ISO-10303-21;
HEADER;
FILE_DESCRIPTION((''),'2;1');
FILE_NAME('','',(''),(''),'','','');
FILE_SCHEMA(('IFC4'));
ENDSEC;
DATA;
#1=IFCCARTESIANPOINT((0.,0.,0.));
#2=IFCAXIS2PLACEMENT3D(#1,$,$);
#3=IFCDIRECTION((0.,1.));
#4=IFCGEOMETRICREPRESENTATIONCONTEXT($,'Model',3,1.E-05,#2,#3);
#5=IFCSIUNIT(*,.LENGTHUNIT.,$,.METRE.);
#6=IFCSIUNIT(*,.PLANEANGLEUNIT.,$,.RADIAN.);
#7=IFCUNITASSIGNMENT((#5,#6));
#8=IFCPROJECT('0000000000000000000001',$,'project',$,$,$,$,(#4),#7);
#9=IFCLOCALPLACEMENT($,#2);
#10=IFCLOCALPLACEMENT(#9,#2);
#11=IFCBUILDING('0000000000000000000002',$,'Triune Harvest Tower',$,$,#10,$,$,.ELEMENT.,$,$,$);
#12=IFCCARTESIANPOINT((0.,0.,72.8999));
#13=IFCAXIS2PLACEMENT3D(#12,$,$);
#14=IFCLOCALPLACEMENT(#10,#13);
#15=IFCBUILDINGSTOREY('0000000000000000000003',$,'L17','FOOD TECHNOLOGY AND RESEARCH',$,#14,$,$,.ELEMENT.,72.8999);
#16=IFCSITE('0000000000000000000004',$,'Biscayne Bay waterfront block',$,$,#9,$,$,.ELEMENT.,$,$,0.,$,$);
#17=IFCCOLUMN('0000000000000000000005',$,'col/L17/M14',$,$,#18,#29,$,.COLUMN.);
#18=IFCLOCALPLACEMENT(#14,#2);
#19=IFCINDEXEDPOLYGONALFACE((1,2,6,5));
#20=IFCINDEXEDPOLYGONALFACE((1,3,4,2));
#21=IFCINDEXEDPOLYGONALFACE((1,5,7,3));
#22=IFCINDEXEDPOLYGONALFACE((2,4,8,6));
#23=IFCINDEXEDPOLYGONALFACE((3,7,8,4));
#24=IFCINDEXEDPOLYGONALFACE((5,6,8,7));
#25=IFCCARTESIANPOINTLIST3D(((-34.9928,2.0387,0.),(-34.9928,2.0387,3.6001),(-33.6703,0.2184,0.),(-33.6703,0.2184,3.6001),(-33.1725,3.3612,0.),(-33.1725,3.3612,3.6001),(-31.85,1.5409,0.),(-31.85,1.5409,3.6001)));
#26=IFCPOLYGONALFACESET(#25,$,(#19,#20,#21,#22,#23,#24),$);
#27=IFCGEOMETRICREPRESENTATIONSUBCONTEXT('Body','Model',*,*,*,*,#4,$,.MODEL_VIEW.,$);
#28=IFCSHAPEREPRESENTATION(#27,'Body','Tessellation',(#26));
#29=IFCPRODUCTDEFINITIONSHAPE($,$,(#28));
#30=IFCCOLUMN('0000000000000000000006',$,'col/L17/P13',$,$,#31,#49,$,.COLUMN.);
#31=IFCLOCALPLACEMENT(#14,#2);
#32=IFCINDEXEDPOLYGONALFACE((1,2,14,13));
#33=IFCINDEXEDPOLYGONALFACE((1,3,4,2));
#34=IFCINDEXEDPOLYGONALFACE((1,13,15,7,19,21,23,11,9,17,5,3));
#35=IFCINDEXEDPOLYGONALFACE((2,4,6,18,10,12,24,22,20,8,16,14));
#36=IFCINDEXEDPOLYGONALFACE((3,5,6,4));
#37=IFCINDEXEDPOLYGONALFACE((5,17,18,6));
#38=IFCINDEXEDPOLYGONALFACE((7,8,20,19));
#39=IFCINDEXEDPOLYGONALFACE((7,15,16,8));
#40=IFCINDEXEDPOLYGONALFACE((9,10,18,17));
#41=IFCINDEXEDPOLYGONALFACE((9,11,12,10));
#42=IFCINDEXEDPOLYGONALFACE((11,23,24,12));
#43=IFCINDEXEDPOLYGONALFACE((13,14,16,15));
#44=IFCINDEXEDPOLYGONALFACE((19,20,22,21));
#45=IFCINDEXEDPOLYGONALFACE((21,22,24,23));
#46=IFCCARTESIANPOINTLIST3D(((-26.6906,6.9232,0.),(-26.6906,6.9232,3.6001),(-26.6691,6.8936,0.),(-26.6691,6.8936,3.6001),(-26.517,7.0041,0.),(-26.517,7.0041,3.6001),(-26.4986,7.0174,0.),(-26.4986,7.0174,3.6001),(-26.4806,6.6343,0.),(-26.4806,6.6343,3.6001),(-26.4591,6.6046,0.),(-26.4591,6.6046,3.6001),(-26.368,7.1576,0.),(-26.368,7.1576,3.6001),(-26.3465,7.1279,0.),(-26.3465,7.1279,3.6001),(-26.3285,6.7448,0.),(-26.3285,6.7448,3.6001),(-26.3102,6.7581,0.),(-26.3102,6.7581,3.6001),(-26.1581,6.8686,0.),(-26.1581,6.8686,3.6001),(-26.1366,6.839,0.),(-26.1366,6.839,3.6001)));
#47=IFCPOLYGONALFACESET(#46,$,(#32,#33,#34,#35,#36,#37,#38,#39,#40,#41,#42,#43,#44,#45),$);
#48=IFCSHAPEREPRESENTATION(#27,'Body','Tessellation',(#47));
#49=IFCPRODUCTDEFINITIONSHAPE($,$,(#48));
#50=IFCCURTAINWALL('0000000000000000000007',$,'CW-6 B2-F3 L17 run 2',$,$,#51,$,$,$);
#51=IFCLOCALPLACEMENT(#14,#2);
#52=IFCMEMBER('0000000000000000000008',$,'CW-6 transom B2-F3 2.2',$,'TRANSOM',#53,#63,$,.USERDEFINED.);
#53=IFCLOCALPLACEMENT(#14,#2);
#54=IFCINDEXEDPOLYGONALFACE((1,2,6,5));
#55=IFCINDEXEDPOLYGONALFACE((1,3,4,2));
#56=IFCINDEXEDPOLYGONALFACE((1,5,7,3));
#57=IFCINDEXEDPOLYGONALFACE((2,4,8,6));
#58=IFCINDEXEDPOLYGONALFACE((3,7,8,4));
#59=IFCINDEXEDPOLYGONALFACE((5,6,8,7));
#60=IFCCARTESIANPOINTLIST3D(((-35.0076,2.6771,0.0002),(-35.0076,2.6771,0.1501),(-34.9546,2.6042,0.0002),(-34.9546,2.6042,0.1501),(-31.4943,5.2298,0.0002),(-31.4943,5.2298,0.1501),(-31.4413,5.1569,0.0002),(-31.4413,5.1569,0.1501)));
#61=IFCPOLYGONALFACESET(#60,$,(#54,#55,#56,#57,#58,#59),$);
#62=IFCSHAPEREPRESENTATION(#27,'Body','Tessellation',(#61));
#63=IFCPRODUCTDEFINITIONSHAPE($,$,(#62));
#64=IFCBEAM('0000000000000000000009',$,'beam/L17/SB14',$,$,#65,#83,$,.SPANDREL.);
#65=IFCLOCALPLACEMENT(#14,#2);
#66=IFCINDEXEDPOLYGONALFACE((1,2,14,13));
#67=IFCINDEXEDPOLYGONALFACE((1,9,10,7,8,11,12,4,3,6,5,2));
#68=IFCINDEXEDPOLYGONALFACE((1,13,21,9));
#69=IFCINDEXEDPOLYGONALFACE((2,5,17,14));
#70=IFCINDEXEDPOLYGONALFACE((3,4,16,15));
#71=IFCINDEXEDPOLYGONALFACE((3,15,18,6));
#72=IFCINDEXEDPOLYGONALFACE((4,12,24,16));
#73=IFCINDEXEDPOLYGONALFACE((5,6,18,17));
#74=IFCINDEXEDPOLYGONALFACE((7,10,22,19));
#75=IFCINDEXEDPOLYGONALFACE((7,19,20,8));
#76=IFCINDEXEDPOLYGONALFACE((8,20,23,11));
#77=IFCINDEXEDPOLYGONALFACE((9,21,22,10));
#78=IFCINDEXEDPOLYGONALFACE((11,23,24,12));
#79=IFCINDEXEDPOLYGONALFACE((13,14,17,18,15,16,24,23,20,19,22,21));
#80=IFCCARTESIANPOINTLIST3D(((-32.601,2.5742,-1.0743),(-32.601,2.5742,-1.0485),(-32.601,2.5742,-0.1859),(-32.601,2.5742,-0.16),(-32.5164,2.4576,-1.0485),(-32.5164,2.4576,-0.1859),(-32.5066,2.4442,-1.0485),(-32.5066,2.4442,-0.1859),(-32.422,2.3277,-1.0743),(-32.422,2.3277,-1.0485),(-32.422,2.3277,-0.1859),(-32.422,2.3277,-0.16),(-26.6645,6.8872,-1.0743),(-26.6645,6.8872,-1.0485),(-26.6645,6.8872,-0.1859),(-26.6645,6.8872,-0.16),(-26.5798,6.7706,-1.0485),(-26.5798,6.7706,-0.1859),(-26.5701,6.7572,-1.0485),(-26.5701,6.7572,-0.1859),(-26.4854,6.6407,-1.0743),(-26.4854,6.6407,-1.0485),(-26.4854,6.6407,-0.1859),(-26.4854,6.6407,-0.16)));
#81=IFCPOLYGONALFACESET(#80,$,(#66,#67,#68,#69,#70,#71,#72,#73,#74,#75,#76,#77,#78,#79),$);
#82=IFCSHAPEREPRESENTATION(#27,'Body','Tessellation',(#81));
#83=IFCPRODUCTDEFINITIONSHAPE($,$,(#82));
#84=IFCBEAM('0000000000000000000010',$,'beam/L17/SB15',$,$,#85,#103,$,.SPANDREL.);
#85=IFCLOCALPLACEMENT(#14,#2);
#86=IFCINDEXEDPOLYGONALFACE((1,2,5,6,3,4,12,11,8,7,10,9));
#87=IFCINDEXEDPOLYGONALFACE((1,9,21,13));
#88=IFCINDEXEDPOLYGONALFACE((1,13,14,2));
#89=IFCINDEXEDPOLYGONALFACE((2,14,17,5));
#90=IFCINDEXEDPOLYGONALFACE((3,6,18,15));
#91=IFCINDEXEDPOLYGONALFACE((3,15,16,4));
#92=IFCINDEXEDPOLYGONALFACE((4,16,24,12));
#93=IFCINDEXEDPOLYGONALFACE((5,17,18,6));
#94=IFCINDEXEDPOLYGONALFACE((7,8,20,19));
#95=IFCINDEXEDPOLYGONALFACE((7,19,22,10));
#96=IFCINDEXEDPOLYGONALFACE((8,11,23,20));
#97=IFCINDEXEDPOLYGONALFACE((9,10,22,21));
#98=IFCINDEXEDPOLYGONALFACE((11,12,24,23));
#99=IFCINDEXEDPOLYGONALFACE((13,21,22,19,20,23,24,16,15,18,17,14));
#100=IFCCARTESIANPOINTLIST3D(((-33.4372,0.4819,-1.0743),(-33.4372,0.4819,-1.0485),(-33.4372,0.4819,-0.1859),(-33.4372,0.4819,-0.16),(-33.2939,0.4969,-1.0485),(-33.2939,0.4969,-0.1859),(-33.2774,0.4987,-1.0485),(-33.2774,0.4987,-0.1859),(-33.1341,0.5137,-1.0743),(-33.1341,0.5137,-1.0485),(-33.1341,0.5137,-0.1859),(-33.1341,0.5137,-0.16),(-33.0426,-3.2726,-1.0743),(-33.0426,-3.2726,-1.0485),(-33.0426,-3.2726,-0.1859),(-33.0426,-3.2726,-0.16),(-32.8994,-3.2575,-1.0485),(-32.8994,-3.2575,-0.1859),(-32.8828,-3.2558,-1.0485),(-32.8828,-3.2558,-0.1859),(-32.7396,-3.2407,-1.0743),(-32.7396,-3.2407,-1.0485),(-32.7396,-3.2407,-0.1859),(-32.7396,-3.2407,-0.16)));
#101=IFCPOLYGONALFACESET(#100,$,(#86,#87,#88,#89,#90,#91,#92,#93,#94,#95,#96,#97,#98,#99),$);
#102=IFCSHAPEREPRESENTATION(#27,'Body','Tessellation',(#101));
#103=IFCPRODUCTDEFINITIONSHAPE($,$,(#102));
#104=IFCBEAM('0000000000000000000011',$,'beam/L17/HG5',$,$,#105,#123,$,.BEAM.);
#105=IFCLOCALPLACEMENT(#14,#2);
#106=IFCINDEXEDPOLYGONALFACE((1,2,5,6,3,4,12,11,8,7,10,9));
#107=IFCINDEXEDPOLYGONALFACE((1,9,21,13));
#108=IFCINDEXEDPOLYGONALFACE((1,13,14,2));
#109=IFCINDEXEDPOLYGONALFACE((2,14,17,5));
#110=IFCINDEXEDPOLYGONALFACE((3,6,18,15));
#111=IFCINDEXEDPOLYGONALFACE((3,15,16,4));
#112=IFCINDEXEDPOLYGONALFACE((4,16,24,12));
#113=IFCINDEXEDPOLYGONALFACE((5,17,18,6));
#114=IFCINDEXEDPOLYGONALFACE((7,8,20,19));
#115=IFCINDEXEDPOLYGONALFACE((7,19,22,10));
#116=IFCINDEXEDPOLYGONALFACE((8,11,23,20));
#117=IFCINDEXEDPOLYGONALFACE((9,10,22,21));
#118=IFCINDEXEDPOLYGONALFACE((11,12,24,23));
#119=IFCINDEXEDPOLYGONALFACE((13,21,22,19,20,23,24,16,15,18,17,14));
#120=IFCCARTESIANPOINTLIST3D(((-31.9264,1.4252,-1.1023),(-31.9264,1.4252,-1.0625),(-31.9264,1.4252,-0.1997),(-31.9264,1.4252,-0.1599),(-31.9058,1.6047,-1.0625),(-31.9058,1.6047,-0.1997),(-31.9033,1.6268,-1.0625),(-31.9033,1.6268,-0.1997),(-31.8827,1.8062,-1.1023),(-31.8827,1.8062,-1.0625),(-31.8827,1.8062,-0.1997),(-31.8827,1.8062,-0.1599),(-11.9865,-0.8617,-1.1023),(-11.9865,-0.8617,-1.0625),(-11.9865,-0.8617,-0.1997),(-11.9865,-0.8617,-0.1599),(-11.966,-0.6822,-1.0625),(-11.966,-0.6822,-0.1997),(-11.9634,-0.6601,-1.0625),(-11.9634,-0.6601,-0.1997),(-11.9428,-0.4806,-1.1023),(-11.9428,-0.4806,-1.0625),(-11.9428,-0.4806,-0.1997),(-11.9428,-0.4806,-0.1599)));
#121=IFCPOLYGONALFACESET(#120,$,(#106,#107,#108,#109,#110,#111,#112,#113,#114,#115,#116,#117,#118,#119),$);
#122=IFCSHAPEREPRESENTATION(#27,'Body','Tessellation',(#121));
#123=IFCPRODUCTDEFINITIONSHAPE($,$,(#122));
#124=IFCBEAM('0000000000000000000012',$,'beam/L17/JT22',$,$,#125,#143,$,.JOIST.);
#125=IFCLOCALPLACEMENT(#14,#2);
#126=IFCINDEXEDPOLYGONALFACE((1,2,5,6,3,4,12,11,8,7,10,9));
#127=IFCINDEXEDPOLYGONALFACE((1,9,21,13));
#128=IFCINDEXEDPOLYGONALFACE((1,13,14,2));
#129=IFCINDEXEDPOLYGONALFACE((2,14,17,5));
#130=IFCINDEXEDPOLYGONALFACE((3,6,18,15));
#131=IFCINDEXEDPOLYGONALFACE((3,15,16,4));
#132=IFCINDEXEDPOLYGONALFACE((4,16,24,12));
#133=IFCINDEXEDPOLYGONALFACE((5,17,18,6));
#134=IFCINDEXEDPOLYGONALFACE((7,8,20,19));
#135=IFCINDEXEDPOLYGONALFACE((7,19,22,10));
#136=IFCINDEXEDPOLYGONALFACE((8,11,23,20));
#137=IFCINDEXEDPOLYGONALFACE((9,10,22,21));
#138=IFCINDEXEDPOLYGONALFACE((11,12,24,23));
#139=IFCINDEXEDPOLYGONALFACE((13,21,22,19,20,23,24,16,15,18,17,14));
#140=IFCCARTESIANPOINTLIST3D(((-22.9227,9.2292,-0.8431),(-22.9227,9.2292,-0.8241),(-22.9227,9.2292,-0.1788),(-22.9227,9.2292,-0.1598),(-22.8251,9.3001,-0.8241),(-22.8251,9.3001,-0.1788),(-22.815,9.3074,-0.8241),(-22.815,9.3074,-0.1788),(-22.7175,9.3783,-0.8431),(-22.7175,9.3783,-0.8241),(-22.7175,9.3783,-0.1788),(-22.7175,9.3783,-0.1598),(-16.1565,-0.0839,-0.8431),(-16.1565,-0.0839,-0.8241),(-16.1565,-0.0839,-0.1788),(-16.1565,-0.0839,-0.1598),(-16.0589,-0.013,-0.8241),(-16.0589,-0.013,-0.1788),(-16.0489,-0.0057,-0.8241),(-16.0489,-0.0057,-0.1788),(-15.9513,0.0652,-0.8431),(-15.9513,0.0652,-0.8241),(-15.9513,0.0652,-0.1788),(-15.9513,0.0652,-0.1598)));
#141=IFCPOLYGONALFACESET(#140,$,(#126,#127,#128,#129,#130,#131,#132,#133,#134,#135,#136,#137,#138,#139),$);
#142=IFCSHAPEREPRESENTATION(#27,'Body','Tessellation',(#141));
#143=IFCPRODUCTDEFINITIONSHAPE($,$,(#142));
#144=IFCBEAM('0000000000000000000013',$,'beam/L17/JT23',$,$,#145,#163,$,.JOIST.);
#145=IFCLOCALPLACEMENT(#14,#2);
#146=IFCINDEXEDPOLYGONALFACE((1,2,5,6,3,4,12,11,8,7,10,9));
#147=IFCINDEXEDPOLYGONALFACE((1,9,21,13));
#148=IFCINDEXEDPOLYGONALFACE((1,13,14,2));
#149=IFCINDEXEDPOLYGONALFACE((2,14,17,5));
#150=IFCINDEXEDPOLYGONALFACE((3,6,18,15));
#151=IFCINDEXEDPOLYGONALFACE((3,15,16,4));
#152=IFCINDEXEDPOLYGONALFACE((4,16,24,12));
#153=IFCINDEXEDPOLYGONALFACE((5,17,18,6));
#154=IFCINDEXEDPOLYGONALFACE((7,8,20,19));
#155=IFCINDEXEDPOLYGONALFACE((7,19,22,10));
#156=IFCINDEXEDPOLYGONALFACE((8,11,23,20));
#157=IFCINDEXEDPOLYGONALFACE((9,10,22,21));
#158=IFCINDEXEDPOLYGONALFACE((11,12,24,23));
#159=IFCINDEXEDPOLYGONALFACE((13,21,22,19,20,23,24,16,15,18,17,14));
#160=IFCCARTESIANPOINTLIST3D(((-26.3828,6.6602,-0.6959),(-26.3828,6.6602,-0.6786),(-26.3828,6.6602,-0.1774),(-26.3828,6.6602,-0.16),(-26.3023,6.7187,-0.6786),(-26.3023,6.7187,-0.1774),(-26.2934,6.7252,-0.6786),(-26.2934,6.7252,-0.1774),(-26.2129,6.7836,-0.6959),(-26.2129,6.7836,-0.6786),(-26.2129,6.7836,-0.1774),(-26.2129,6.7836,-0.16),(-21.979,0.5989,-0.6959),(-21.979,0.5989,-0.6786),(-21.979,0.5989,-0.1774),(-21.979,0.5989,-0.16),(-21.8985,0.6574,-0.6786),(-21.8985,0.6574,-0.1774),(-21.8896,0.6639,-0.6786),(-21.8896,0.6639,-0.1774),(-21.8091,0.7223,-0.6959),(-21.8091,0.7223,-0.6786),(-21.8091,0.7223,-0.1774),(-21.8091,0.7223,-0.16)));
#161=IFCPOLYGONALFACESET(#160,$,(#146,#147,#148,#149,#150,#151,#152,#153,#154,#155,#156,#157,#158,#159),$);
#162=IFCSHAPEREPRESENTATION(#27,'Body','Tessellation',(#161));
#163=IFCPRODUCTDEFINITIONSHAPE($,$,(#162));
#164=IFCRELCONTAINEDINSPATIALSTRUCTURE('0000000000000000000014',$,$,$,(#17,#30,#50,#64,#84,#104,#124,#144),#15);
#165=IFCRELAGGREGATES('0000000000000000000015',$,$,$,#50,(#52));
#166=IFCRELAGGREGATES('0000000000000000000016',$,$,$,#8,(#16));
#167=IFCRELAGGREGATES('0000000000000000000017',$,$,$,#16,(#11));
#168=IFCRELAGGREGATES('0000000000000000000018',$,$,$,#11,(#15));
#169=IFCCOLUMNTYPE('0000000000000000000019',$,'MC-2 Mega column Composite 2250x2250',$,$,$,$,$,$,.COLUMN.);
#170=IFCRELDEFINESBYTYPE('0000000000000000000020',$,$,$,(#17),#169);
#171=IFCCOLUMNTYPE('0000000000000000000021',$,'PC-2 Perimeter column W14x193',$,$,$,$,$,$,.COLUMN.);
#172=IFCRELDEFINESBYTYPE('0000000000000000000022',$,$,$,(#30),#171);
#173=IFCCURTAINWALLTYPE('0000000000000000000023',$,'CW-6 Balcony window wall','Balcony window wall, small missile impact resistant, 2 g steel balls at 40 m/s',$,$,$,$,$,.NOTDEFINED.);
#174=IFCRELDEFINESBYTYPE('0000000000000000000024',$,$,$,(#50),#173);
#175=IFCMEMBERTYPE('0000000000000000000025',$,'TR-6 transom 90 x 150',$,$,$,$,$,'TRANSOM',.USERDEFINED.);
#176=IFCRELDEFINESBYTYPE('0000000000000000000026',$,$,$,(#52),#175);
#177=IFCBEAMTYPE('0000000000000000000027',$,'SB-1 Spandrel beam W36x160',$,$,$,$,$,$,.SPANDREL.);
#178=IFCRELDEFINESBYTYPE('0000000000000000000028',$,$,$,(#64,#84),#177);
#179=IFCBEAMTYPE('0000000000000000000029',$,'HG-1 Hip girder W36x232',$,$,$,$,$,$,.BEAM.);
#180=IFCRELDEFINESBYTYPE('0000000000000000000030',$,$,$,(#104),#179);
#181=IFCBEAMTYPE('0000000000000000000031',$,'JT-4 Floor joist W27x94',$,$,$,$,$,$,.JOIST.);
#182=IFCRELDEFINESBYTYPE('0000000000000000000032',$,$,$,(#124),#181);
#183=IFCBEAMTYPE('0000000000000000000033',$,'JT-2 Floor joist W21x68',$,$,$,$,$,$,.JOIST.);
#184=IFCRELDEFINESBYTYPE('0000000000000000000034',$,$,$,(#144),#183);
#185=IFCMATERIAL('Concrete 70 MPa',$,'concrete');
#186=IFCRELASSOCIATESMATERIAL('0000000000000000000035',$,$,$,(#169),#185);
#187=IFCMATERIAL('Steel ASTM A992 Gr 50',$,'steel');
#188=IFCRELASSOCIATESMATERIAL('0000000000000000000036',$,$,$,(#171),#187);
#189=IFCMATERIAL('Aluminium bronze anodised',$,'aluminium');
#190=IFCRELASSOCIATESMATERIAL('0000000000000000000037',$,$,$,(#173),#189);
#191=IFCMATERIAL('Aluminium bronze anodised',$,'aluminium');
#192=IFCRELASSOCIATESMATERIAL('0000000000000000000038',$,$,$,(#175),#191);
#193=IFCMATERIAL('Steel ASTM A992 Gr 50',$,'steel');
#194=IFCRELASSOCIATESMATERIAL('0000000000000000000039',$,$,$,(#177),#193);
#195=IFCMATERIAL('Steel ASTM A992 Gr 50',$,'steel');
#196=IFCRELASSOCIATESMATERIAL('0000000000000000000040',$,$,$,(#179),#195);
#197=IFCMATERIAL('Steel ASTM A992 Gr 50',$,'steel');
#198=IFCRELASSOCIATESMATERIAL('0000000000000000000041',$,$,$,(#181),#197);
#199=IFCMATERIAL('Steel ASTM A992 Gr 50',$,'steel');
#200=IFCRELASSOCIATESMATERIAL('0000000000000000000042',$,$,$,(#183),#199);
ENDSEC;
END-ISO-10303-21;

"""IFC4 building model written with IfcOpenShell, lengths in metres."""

from ifc_helpers import new_model, si_unit, direction, frame, origin, origin_2d, place, context, subcontext, project, spatial, rectangle, i_section, extrude, source, transform, mapped, material, material_profile, profile_set, type_object, element, aggregate, save


model = new_model("IFC4")

# Units and contexts
model_context = context("Model", 3, precision=1e-05, world=origin(), true_north=direction((0.0, 1.0)))
body_context = subcontext(model_context, "Body", "Model", "MODEL_VIEW")
ifc_project = project(units=[si_unit("LENGTHUNIT", "METRE"), si_unit("PLANEANGLEUNIT", "RADIAN")], contexts=[model_context])

# Site, building, storey
site_placement = place(None, origin())
site = spatial("IfcSite", under=ifc_project, at=site_placement, Name="Biscayne Bay waterfront block", CompositionType="ELEMENT", RefElevation=0.0)
building_placement = place(site_placement, origin())
building = spatial("IfcBuilding", under=site, at=building_placement, Name="Triune Harvest Tower", CompositionType="ELEMENT")
storey_placement = place(building_placement, frame((0.0, 0.0, 72.8999)))
storey = spatial("IfcBuildingStorey", under=building, at=storey_placement, Name="L17", Description="FOOD TECHNOLOGY AND RESEARCH", CompositionType="ELEMENT", Elevation=72.8999)

# Columns
ifc_material_1 = material(Name="Concrete 70 MPa", Category="concrete")
ifc_material_profile_1 = material_profile(ifc_material_1, rectangle(XDim=2.25, YDim=2.25, at=origin_2d()), Name="Composite 2250x2250")
ifc_profile_set_1 = profile_set([ifc_material_profile_1], Name="Concrete 70 MPa")
column_type_1 = type_object("IfcColumnType", Name="MC-2 Mega column Composite 2250x2250", PredefinedType="COLUMN", material=ifc_profile_set_1)
shared_shape_1 = source(origin(), body_context, "Body", "SweptSolid", [
    extrude(rectangle(XDim=2.25, YDim=2.25, at=origin_2d()), origin(), (0.0, 0.0, 1.0), 3.6001),
])
column_1_placement = place(storey_placement, frame((-33.4214, 1.7898, 0.0), z_axis=(0.0, 0.0, 1.0), x_axis=(-0.809017, -0.587785, 0.0)))
element("IfcColumn", 1, at=column_1_placement, inside=storey, type_object=column_type_1, Name="col/L17/M14", PredefinedType="COLUMN", context=body_context, shape_type="MappedRepresentation", body=[
    mapped(shared_shape_1, transform((0.0, 0.0, 0.0), scale=1.0)),
])
ifc_material_2 = material(Name="Steel ASTM A992 Gr 50", Category="steel")
ifc_material_profile_2 = material_profile(ifc_material_2, i_section(OverallWidth=0.3987, OverallDepth=0.3938, WebThickness=0.0227, FlangeThickness=0.0366, at=origin_2d()), Name="W14x193")
ifc_profile_set_2 = profile_set([ifc_material_profile_2], Name="Steel ASTM A992 Gr 50")
column_type_2 = type_object("IfcColumnType", Name="PC-2 Perimeter column W14x193", PredefinedType="COLUMN", material=ifc_profile_set_2)
shared_shape_2 = source(origin(), body_context, "Body", "SweptSolid", [
    extrude(i_section(OverallWidth=0.3987, OverallDepth=0.3938, WebThickness=0.0227, FlangeThickness=0.0366, at=origin_2d()), origin(), (0.0, 0.0, 1.0), 3.6001),
])
column_2_placement = place(storey_placement, frame((-26.4136, 6.8811, 0.0), z_axis=(0.0, 0.0, 1.0), x_axis=(-0.809017, -0.587785, 0.0)))
element("IfcColumn", 2, at=column_2_placement, inside=storey, type_object=column_type_2, Name="col/L17/P13", PredefinedType="COLUMN", context=body_context, shape_type="MappedRepresentation", body=[
    mapped(shared_shape_2, transform((0.0, 0.0, 0.0), scale=1.0)),
])

# Curtain wall, member
ifc_material_3 = material(Name="Aluminium bronze anodised", Category="aluminium")
curtain_wall_type_1 = type_object("IfcCurtainWallType", Name="CW-6 Balcony window wall", Description="Balcony window wall, small missile impact resistant, 2 g steel balls at 40 m/s", PredefinedType="NOTDEFINED", material=ifc_material_3)
curtain_wall_1_placement = place(storey_placement, origin())
curtain_wall_1 = element("IfcCurtainWall", 3, at=curtain_wall_1_placement, inside=storey, type_object=curtain_wall_type_1, Name="CW-6 B2-F3 L17 run 2")
ifc_material_4 = material(Name="Aluminium bronze anodised", Category="aluminium")
ifc_material_profile_3 = material_profile(ifc_material_4, rectangle(XDim=0.0901, YDim=0.1499, at=origin_2d()), Name="TR-6 transom 90 x 150")
ifc_profile_set_3 = profile_set([ifc_material_profile_3], Name="Aluminium bronze anodised")
member_type_1 = type_object("IfcMemberType", Name="TR-6 transom 90 x 150", ElementType="TRANSOM", PredefinedType="USERDEFINED", material=ifc_profile_set_3)
member_1_placement = place(storey_placement, frame((-31.4678, 5.1934, 0.0752), z_axis=(-0.809008, -0.587797, 0.0), x_axis=(0.587797, -0.809008, 0.0)))
member_1 = element("IfcMember", 4, at=member_1_placement, type_object=member_type_1, Name="CW-6 transom B2-F3 2.2", ObjectType="TRANSOM", PredefinedType="USERDEFINED", context=body_context, shape_type="SweptSolid", body=[
    extrude(rectangle(XDim=0.0901, YDim=0.1499, at=origin_2d()), origin(), (0.0, 0.0, 1.0), 4.3428),
])

# Beams
ifc_material_5 = material(Name="Steel ASTM A992 Gr 50", Category="steel")
ifc_material_profile_4 = material_profile(ifc_material_5, i_section(OverallWidth=0.3047, OverallDepth=0.9143, WebThickness=0.0166, FlangeThickness=0.0259, at=origin_2d()), Name="W36x160")
ifc_profile_set_4 = profile_set([ifc_material_profile_4], Name="Steel ASTM A992 Gr 50")
beam_type_1 = type_object("IfcBeamType", Name="SB-1 Spandrel beam W36x160", PredefinedType="SPANDREL", material=ifc_profile_set_4)
shared_shape_3 = source(origin(), body_context, "Body", "SweptSolid", [
    extrude(i_section(OverallWidth=0.3047, OverallDepth=0.9143, WebThickness=0.0166, FlangeThickness=0.0259, at=origin_2d()), origin(), (0.0, 0.0, 1.0), 7.3379),
])
beam_1_placement = place(storey_placement, frame((-26.575, 6.7639, -0.6172), z_axis=(-0.809027, -0.587772, 0.0), x_axis=(0.587772, -0.809027, 0.0)))
element("IfcBeam", 5, at=beam_1_placement, inside=storey, type_object=beam_type_1, Name="beam/L17/SB14", PredefinedType="SPANDREL", context=body_context, shape_type="MappedRepresentation", body=[
    mapped(shared_shape_3, transform((0.0, 0.0, 0.0), scale=1.0)),
])
shared_shape_4 = source(origin(), body_context, "Body", "SweptSolid", [
    extrude(i_section(OverallWidth=0.3047, OverallDepth=0.9143, WebThickness=0.0166, FlangeThickness=0.0259, at=origin_2d()), origin(), (0.0, 0.0, 1.0), 3.7751),
])
beam_2_placement = place(storey_placement, frame((-33.2856, 0.4978, -0.6172), z_axis=(0.10451, -0.994524, 0.0), x_axis=(0.994524, 0.10451, 0.0)))
element("IfcBeam", 6, at=beam_2_placement, inside=storey, type_object=beam_type_1, Name="beam/L17/SB15", PredefinedType="SPANDREL", context=body_context, shape_type="MappedRepresentation", body=[
    mapped(shared_shape_4, transform((0.0, 0.0, 0.0), scale=1.0)),
])
ifc_material_6 = material(Name="Steel ASTM A992 Gr 50", Category="steel")
ifc_material_profile_5 = material_profile(ifc_material_6, i_section(OverallWidth=0.3835, OverallDepth=0.9424, WebThickness=0.0222, FlangeThickness=0.0398, at=origin_2d()), Name="W36x232")
ifc_profile_set_5 = profile_set([ifc_material_profile_5], Name="Steel ASTM A992 Gr 50")
beam_type_2 = type_object("IfcBeamType", Name="HG-1 Hip girder W36x232", PredefinedType="BEAM", material=ifc_profile_set_5)
shared_shape_5 = source(origin(), body_context, "Body", "SweptSolid", [
    extrude(i_section(OverallWidth=0.3835, OverallDepth=0.9424, WebThickness=0.0222, FlangeThickness=0.0398, at=origin_2d()), origin(), (0.0, 0.0, 1.0), 20.0706),
])
beam_3_placement = place(storey_placement, frame((-31.9045, 1.6157, -0.6311), z_axis=(0.993488, -0.113941, 0.0), x_axis=(0.113941, 0.993488, 0.0)))
element("IfcBeam", 7, at=beam_3_placement, inside=storey, type_object=beam_type_2, Name="beam/L17/HG5", PredefinedType="BEAM", context=body_context, shape_type="MappedRepresentation", body=[
    mapped(shared_shape_5, transform((0.0, 0.0, 0.0), scale=1.0)),
])
ifc_material_7 = material(Name="Steel ASTM A992 Gr 50", Category="steel")
ifc_material_profile_6 = material_profile(ifc_material_7, i_section(OverallWidth=0.2537, OverallDepth=0.6833, WebThickness=0.0125, FlangeThickness=0.019, at=origin_2d()), Name="W27x94")
ifc_profile_set_6 = profile_set([ifc_material_profile_6], Name="Steel ASTM A992 Gr 50")
beam_type_3 = type_object("IfcBeamType", Name="JT-4 Floor joist W27x94", PredefinedType="JOIST", material=ifc_profile_set_6)
shared_shape_6 = source(origin(), body_context, "Body", "SweptSolid", [
    extrude(i_section(OverallWidth=0.2537, OverallDepth=0.6833, WebThickness=0.0125, FlangeThickness=0.019, at=origin_2d()), origin(), (0.0, 0.0, 1.0), 11.5115),
])
beam_4_placement = place(storey_placement, frame((-22.8201, 9.3037, -0.5015), z_axis=(0.587776, -0.809024, 0.0), x_axis=(0.809024, 0.587776, 0.0)))
element("IfcBeam", 8, at=beam_4_placement, inside=storey, type_object=beam_type_3, Name="beam/L17/JT22", PredefinedType="JOIST", context=body_context, shape_type="MappedRepresentation", body=[
    mapped(shared_shape_6, transform((0.0, 0.0, 0.0), scale=1.0)),
])
ifc_material_8 = material(Name="Steel ASTM A992 Gr 50", Category="steel")
ifc_material_profile_7 = material_profile(ifc_material_8, i_section(OverallWidth=0.21, OverallDepth=0.5359, WebThickness=0.011, FlangeThickness=0.0173, at=origin_2d()), Name="W21x68")
ifc_profile_set_7 = profile_set([ifc_material_profile_7], Name="Steel ASTM A992 Gr 50")
beam_type_4 = type_object("IfcBeamType", Name="JT-2 Floor joist W21x68", PredefinedType="JOIST", material=ifc_profile_set_7)
shared_shape_7 = source(origin(), body_context, "Body", "SweptSolid", [
    extrude(i_section(OverallWidth=0.21, OverallDepth=0.5359, WebThickness=0.011, FlangeThickness=0.0173, at=origin_2d()), origin(), (0.0, 0.0, 1.0), 7.4922),
])
beam_5_placement = place(storey_placement, frame((-26.2979, 6.7219, -0.428), z_axis=(0.587788, -0.809015, 0.0), x_axis=(0.809015, 0.587788, 0.0)))
element("IfcBeam", 9, at=beam_5_placement, inside=storey, type_object=beam_type_4, Name="beam/L17/JT23", PredefinedType="JOIST", context=body_context, shape_type="MappedRepresentation", body=[
    mapped(shared_shape_7, transform((0.0, 0.0, 0.0), scale=1.0)),
])

aggregate(curtain_wall_1, [member_1])

save(model, "model.ifc")
